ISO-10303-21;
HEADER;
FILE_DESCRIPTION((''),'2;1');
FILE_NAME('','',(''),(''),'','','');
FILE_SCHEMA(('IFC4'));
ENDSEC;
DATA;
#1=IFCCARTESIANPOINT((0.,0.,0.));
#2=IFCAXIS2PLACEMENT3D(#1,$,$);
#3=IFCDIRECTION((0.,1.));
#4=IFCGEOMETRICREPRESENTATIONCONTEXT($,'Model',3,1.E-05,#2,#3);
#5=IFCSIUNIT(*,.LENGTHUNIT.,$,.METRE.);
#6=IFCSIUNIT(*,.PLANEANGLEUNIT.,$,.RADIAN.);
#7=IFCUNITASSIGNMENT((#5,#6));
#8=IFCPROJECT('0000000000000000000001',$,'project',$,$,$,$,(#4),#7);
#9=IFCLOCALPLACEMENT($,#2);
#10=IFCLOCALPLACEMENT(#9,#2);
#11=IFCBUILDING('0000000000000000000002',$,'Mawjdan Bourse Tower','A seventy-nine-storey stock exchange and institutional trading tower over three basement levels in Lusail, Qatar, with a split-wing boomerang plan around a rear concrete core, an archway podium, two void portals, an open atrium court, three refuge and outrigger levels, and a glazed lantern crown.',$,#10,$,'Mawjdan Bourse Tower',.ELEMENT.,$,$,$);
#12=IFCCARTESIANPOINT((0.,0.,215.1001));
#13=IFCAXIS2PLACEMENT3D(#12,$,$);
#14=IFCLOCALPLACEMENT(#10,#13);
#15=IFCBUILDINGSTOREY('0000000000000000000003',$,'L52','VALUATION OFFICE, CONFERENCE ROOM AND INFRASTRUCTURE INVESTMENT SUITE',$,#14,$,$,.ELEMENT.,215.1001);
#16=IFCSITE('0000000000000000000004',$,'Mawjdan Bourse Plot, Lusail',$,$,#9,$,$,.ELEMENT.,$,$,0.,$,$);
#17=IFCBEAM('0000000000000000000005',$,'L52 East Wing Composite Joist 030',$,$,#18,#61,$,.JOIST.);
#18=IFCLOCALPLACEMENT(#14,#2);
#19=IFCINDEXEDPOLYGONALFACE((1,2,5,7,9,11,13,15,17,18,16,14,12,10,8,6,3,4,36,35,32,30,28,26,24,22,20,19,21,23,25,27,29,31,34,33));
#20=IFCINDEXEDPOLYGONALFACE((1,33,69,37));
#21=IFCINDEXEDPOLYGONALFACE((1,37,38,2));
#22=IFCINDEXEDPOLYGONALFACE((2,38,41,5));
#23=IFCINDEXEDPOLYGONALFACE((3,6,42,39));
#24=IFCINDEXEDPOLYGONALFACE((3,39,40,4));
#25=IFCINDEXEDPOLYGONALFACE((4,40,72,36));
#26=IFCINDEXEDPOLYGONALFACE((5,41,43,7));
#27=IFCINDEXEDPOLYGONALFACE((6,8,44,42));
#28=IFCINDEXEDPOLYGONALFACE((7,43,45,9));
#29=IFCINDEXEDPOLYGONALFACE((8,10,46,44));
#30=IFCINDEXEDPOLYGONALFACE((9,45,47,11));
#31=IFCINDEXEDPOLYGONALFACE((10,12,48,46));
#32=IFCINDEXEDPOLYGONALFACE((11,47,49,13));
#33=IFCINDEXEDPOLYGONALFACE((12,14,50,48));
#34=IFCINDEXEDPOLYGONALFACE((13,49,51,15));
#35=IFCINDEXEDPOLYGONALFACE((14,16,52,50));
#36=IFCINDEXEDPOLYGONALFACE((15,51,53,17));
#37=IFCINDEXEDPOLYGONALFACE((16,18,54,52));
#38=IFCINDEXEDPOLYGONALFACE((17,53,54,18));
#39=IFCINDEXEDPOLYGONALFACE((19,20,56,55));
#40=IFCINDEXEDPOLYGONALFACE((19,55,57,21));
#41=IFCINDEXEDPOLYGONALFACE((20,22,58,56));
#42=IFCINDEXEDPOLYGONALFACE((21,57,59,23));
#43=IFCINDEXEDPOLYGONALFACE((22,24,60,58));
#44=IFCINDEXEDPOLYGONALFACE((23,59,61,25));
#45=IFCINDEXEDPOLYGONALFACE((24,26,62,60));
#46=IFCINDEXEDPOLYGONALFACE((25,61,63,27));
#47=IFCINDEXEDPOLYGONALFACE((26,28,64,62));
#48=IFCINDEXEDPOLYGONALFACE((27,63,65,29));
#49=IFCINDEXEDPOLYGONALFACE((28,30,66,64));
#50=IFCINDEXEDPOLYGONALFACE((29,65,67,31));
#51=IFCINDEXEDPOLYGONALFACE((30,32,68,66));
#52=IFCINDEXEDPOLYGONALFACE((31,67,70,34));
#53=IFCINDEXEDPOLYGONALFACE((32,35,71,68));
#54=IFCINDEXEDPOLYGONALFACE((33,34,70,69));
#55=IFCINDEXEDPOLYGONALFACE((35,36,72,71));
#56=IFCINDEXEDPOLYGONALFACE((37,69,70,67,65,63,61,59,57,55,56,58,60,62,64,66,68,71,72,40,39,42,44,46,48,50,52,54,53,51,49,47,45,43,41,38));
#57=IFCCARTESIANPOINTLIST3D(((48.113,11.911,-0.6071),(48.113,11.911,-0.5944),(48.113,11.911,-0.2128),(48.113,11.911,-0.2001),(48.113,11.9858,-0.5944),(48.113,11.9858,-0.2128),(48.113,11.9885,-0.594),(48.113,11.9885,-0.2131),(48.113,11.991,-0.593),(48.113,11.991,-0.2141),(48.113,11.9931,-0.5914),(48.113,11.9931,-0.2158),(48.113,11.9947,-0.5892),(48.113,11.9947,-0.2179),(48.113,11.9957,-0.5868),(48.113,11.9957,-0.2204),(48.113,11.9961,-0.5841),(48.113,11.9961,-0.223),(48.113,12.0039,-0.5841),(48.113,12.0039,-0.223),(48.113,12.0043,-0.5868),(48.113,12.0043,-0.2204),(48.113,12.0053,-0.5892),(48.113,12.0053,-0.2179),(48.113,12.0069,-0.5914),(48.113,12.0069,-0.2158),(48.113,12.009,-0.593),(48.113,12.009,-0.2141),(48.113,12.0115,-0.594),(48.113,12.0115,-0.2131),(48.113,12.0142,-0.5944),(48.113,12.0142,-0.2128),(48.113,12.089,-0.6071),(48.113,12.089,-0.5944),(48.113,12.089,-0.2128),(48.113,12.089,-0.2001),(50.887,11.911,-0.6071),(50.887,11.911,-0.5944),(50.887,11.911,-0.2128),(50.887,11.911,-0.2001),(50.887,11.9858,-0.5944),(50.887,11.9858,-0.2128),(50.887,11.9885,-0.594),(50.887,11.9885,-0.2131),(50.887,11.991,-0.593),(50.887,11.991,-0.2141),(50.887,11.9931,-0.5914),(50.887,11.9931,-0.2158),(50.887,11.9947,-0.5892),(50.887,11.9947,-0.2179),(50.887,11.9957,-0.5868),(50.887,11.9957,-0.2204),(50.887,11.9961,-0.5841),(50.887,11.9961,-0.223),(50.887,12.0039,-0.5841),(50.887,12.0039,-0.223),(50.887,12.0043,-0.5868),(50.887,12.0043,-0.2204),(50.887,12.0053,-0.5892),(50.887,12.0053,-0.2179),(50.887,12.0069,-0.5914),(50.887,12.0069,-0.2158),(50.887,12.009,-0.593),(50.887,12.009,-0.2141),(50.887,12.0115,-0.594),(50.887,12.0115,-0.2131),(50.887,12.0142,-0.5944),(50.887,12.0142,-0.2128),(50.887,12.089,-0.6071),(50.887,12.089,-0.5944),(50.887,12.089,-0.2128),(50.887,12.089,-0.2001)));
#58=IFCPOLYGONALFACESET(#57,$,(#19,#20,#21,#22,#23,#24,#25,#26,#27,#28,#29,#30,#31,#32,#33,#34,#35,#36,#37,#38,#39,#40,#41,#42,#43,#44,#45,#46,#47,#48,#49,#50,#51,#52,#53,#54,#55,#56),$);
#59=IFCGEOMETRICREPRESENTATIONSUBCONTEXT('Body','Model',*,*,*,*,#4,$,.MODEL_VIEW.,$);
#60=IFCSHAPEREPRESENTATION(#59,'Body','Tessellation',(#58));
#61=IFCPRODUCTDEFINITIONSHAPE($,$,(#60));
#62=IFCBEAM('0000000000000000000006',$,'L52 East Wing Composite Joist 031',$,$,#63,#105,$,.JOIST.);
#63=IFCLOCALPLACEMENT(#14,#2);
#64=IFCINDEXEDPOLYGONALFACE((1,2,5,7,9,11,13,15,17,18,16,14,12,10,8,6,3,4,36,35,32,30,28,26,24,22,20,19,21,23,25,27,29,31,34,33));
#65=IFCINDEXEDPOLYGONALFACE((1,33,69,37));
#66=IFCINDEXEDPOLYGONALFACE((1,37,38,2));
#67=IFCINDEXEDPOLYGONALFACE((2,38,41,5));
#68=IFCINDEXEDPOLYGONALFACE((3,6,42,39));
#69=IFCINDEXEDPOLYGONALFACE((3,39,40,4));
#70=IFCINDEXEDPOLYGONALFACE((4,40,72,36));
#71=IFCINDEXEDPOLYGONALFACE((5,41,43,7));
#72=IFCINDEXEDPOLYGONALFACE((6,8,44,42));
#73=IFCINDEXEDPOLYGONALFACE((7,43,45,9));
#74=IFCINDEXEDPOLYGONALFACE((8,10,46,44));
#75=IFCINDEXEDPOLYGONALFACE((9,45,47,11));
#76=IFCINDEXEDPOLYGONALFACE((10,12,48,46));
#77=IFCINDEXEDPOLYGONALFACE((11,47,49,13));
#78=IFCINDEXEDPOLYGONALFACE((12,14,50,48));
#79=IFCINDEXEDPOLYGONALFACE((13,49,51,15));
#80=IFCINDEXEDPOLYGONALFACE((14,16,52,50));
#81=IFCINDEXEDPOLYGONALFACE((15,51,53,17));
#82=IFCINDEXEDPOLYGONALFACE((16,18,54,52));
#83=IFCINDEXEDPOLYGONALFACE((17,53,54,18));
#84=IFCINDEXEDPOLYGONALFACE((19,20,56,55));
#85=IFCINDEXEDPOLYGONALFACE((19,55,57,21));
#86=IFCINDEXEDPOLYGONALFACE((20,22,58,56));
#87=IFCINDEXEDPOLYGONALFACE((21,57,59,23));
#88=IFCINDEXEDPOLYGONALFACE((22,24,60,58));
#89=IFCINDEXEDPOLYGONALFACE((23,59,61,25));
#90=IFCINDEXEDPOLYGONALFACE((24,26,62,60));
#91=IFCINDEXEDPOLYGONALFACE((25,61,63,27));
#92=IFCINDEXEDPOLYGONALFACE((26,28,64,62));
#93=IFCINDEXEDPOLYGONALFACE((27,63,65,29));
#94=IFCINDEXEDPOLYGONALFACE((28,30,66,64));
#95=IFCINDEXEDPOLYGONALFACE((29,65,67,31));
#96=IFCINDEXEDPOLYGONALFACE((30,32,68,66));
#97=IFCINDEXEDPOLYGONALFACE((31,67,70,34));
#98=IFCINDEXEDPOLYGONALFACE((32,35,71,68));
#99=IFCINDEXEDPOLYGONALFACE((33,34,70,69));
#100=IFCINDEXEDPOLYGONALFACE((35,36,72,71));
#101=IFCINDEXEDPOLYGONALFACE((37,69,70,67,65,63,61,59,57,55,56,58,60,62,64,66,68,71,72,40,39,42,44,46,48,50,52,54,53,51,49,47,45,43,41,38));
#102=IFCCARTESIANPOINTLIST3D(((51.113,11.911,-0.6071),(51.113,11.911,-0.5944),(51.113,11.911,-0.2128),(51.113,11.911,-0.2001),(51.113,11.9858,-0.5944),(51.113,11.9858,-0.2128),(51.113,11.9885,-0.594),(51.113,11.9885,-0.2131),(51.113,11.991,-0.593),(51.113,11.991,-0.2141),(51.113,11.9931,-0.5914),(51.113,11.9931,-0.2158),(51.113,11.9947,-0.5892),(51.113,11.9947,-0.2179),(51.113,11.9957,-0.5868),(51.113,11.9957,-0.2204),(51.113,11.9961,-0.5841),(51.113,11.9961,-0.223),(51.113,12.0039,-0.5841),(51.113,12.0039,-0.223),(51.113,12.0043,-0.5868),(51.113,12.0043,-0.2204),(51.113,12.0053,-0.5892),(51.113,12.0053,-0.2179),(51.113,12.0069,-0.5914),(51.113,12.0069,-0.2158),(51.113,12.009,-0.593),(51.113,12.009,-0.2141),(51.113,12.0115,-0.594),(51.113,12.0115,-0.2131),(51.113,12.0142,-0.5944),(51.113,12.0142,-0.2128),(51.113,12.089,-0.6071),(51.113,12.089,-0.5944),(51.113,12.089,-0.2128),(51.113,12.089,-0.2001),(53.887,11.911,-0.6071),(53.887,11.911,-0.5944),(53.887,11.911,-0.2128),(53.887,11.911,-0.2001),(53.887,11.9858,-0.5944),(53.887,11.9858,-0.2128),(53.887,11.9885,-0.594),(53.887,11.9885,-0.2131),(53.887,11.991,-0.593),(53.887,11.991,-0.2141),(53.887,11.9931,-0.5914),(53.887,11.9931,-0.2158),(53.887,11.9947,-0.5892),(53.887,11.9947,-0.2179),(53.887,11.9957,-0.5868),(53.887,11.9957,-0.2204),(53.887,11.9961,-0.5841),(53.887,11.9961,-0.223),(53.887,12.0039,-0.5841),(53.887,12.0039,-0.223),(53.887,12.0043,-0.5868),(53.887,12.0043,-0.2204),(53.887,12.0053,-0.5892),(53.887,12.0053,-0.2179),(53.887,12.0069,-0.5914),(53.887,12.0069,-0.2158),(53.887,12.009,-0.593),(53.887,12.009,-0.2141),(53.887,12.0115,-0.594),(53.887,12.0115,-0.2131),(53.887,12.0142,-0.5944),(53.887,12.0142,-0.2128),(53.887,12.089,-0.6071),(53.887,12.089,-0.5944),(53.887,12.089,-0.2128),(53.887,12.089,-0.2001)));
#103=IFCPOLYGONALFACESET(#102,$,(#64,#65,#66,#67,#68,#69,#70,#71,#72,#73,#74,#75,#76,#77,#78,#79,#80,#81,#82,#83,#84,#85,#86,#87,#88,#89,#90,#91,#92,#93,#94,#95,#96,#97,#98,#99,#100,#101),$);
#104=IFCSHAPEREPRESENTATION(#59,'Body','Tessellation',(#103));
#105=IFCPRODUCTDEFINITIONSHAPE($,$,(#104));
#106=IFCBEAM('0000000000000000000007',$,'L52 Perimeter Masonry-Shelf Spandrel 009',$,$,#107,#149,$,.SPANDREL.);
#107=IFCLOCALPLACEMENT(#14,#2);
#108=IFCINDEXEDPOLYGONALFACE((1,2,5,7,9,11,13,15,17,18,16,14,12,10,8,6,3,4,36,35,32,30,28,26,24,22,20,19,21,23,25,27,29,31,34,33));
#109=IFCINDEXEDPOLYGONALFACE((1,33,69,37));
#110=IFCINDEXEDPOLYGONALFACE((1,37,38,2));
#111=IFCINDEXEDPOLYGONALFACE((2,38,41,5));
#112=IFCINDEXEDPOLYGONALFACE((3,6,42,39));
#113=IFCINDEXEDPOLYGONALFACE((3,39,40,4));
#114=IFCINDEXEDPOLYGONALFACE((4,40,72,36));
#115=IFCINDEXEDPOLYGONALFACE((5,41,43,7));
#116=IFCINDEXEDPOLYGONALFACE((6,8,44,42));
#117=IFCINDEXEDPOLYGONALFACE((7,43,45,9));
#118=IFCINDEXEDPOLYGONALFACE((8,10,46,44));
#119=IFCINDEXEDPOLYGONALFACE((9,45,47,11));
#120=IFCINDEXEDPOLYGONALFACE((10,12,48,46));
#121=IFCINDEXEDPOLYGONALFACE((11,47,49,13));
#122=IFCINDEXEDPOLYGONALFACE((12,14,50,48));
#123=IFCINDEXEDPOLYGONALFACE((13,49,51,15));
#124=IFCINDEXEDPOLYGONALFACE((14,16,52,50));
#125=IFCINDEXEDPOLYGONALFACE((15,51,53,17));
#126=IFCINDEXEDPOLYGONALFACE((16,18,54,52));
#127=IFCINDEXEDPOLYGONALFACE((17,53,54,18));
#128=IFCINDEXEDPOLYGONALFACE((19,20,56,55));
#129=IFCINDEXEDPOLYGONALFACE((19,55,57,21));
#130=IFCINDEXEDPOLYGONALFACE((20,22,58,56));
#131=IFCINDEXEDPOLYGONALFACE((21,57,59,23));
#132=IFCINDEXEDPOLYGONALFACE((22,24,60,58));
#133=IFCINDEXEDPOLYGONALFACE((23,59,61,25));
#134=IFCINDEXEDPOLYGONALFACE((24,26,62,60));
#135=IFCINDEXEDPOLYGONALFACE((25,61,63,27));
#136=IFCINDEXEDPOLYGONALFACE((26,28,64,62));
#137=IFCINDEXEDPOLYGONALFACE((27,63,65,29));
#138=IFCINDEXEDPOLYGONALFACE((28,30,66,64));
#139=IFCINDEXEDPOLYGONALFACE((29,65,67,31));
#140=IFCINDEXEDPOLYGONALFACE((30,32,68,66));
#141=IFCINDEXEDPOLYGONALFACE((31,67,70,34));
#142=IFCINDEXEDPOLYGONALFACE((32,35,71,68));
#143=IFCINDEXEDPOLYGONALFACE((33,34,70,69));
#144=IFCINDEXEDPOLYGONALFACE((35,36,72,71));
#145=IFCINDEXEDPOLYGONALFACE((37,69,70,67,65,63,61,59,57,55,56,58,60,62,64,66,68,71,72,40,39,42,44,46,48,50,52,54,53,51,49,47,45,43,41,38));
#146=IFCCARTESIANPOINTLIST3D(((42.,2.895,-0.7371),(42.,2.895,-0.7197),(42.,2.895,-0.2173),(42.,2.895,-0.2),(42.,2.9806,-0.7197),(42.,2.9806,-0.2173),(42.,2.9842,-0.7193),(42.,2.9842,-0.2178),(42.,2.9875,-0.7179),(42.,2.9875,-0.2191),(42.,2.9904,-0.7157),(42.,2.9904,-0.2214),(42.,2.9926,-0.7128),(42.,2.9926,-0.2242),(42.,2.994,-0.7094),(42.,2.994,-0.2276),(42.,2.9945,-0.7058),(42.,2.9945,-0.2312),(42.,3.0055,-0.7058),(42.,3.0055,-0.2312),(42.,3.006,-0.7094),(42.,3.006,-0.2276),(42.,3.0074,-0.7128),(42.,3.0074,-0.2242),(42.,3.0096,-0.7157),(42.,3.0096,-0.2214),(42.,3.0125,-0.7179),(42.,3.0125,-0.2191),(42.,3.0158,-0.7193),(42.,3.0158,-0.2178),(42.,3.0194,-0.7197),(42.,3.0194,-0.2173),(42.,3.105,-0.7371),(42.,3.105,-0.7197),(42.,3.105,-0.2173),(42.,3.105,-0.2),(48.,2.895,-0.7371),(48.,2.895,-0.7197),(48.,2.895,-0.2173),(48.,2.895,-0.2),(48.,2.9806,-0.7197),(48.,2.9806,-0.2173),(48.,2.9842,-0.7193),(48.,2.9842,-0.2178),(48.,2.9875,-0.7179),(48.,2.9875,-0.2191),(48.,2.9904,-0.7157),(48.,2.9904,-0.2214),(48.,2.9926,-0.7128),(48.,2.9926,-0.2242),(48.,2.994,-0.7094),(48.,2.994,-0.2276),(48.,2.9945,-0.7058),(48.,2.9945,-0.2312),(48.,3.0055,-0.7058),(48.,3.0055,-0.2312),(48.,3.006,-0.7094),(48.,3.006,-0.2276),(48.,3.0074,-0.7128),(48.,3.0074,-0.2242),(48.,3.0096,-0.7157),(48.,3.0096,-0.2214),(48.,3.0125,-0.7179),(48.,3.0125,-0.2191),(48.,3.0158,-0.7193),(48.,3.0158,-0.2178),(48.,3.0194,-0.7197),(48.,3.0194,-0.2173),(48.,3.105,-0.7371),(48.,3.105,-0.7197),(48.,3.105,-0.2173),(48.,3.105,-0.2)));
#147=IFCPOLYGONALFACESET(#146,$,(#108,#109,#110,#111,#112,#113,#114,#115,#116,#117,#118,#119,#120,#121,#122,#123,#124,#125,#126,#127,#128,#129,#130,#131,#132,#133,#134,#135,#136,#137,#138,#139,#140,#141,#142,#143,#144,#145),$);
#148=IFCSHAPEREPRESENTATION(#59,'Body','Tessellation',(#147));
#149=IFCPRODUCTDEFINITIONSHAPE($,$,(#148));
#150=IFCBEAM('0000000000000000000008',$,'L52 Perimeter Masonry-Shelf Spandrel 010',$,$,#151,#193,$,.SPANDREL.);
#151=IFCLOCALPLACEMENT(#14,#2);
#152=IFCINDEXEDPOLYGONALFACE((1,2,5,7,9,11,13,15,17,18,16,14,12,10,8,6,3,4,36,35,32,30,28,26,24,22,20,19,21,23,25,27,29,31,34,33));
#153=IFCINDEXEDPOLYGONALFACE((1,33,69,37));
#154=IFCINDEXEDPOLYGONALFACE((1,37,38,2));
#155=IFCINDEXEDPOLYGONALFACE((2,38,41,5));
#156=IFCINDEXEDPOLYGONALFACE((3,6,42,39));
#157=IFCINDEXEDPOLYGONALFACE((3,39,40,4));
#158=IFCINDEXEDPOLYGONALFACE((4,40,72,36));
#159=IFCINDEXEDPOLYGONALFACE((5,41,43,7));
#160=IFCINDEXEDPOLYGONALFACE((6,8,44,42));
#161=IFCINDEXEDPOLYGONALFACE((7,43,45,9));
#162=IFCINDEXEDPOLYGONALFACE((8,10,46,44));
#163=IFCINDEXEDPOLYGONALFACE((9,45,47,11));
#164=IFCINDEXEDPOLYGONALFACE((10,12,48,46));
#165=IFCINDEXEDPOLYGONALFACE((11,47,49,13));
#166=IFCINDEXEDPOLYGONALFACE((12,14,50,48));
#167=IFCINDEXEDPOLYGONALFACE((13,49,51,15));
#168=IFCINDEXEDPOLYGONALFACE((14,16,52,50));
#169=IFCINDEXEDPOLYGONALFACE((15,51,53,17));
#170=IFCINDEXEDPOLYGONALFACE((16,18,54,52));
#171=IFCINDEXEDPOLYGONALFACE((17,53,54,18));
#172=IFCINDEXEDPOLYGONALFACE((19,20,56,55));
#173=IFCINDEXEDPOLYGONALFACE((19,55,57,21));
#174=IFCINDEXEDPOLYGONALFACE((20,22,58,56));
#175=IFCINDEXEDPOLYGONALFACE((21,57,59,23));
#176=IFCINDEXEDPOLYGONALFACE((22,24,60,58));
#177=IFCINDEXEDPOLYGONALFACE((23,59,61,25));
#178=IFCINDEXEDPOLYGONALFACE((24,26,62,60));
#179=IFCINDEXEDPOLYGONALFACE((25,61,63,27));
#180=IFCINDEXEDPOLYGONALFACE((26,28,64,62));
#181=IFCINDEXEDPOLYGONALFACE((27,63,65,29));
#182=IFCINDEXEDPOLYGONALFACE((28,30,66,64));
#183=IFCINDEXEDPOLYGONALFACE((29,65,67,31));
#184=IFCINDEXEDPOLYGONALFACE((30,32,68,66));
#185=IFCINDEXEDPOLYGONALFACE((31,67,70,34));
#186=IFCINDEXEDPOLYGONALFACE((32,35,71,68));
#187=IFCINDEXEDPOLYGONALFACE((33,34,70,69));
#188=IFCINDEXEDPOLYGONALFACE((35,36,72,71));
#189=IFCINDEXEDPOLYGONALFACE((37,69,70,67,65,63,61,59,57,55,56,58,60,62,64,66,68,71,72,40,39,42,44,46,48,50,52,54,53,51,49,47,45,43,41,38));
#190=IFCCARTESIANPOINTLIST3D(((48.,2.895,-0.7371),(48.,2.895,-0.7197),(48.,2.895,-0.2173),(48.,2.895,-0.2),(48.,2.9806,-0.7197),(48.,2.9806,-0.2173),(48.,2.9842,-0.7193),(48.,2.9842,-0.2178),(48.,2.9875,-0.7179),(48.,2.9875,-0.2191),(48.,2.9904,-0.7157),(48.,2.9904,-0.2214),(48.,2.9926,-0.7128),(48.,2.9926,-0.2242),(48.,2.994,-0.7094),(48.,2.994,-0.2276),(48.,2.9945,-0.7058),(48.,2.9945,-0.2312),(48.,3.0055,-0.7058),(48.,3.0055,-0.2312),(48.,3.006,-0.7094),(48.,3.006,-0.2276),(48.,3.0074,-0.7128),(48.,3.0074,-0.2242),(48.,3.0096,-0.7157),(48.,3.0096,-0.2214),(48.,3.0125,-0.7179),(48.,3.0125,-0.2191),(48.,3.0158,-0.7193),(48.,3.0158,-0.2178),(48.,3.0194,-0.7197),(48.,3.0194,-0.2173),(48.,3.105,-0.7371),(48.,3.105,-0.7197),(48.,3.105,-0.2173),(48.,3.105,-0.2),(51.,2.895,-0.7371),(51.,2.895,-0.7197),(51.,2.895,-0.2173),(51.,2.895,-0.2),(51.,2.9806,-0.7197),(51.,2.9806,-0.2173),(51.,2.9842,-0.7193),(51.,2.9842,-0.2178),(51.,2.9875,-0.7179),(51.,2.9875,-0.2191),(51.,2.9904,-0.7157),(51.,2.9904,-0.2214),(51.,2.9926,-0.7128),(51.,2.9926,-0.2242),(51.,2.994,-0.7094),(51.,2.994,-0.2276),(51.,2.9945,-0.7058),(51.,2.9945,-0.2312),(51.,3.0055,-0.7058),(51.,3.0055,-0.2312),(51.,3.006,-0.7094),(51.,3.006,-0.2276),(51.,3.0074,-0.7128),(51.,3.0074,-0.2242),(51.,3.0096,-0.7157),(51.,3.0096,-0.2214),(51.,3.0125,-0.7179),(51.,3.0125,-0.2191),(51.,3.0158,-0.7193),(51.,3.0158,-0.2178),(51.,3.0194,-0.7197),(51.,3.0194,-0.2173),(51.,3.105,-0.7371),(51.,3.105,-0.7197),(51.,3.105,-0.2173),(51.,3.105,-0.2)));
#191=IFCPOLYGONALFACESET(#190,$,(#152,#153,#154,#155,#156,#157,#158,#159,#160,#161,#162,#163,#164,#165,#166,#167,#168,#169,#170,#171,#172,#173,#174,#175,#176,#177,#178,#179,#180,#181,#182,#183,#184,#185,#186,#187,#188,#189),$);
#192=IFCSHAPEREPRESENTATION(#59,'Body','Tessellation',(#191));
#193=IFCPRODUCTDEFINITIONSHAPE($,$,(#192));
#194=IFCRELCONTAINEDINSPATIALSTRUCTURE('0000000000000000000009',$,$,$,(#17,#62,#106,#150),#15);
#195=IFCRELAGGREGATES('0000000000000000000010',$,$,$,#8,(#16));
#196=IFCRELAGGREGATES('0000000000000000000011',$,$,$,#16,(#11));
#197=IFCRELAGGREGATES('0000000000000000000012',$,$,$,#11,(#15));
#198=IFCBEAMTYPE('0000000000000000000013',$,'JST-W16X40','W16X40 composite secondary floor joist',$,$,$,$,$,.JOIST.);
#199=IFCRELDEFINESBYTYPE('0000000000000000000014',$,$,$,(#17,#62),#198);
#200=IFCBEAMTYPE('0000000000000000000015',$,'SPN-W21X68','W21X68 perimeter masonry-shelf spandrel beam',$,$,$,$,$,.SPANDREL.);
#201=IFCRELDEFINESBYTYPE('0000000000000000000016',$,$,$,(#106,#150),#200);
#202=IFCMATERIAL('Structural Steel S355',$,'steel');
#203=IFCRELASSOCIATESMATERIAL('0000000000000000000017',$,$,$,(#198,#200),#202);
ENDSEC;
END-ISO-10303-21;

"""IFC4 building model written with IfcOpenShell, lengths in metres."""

from ifc_helpers import new_model, si_unit, direction, frame, origin, origin_2d, place, context, subcontext, project, spatial, i_section, extrude, material, material_profile, profile_set, type_object, element, save


model = new_model("IFC4")

# Units and contexts
model_context = context("Model", 3, precision=1e-05, world=origin(), true_north=direction((0.0, 1.0)))
body_context = subcontext(model_context, "Body", "Model", "MODEL_VIEW")
ifc_project = project(units=[si_unit("LENGTHUNIT", "METRE"), si_unit("PLANEANGLEUNIT", "RADIAN")], contexts=[model_context])

# Site, building, storey
site_placement = place(None, origin())
site = spatial("IfcSite", under=ifc_project, at=site_placement, Name="Mawjdan Bourse Plot, Lusail", CompositionType="ELEMENT", RefElevation=0.0)
building_placement = place(site_placement, origin())
building = spatial("IfcBuilding", under=site, at=building_placement, Name="Mawjdan Bourse Tower", Description="A seventy-nine-storey stock exchange and institutional trading tower over three basement levels in Lusail, Qatar, with a split-wing boomerang plan around a rear concrete core, an archway podium, two void portals, an open atrium court, three refuge and outrigger levels, and a glazed lantern crown.", LongName="Mawjdan Bourse Tower", CompositionType="ELEMENT")
storey_placement = place(building_placement, frame((0.0, 0.0, 215.1001)))
storey = spatial("IfcBuildingStorey", under=building, at=storey_placement, Name="L52", Description="VALUATION OFFICE, CONFERENCE ROOM AND INFRASTRUCTURE INVESTMENT SUITE", CompositionType="ELEMENT", Elevation=215.1001)

# Beams
ifc_material_1 = material(Name="Structural Steel S355", Category="steel")
ifc_material_profile_1 = material_profile(ifc_material_1, i_section(OverallWidth=0.178, OverallDepth=0.407, WebThickness=0.0078, FlangeThickness=0.0127, FilletRadius=0.0103, at=origin_2d()), Name="W16X40")
ifc_profile_set_1 = profile_set([ifc_material_profile_1], Name="Structural Steel S355")
beam_type_1 = type_object("IfcBeamType", Name="JST-W16X40", Description="W16X40 composite secondary floor joist", PredefinedType="JOIST", material=ifc_profile_set_1)
for number, where, z_axis, x_axis, name in (
    (1, (48.113, 12.0, -0.4036), (1.0, 0.0, 0.0), (0.0, 1.0, 0.0), "L52 East Wing Composite Joist 030"),
    (2, (51.113, 12.0, -0.4036), (1.0, 0.0, 0.0), (0.0, 1.0, 0.0), "L52 East Wing Composite Joist 031"),
):
    element("IfcBeam", number, at=place(storey_placement, frame(where, z_axis=z_axis, x_axis=x_axis)), inside=storey, type_object=beam_type_1, Name=name, PredefinedType="JOIST", context=body_context, shape_type="SweptSolid", body=[
        extrude(i_section(OverallWidth=0.178, OverallDepth=0.407, WebThickness=0.0078, FlangeThickness=0.0127, FilletRadius=0.0103, at=origin_2d()), origin(), (0.0, 0.0, 1.0), 2.7739),
    ])
ifc_material_profile_2 = material_profile(ifc_material_1, i_section(OverallWidth=0.21, OverallDepth=0.5371, WebThickness=0.011, FlangeThickness=0.0173, FilletRadius=0.0139, at=origin_2d()), Name="W21X68")
ifc_profile_set_2 = profile_set([ifc_material_profile_2], Name="Structural Steel S355")
beam_type_2 = type_object("IfcBeamType", Name="SPN-W21X68", Description="W21X68 perimeter masonry-shelf spandrel beam", PredefinedType="SPANDREL", material=ifc_profile_set_2)
beam_1_placement = place(storey_placement, frame((42.0, 3.0, -0.4685), z_axis=(1.0, 0.0, 0.0), x_axis=(0.0, 1.0, 0.0)))
element("IfcBeam", 3, at=beam_1_placement, inside=storey, type_object=beam_type_2, Name="L52 Perimeter Masonry-Shelf Spandrel 009", PredefinedType="SPANDREL", context=body_context, shape_type="SweptSolid", body=[
    extrude(i_section(OverallWidth=0.21, OverallDepth=0.5371, WebThickness=0.011, FlangeThickness=0.0173, FilletRadius=0.0139, at=origin_2d()), origin(), (0.0, 0.0, 1.0), 6.0),
])
for number, where, z_axis, x_axis, name in (
    (4, (48.0, 3.0, -0.4685), (1.0, 0.0, 0.0), (0.0, 1.0, 0.0), "L52 Perimeter Masonry-Shelf Spandrel 010"),
):
    element("IfcBeam", number, at=place(storey_placement, frame(where, z_axis=z_axis, x_axis=x_axis)), inside=storey, type_object=beam_type_2, Name=name, PredefinedType="SPANDREL", context=body_context, shape_type="SweptSolid", body=[
        extrude(i_section(OverallWidth=0.21, OverallDepth=0.5371, WebThickness=0.011, FlangeThickness=0.0173, FilletRadius=0.0139, at=origin_2d()), origin(), (0.0, 0.0, 1.0), 3.0),
    ])

save(model, "model.ifc")
